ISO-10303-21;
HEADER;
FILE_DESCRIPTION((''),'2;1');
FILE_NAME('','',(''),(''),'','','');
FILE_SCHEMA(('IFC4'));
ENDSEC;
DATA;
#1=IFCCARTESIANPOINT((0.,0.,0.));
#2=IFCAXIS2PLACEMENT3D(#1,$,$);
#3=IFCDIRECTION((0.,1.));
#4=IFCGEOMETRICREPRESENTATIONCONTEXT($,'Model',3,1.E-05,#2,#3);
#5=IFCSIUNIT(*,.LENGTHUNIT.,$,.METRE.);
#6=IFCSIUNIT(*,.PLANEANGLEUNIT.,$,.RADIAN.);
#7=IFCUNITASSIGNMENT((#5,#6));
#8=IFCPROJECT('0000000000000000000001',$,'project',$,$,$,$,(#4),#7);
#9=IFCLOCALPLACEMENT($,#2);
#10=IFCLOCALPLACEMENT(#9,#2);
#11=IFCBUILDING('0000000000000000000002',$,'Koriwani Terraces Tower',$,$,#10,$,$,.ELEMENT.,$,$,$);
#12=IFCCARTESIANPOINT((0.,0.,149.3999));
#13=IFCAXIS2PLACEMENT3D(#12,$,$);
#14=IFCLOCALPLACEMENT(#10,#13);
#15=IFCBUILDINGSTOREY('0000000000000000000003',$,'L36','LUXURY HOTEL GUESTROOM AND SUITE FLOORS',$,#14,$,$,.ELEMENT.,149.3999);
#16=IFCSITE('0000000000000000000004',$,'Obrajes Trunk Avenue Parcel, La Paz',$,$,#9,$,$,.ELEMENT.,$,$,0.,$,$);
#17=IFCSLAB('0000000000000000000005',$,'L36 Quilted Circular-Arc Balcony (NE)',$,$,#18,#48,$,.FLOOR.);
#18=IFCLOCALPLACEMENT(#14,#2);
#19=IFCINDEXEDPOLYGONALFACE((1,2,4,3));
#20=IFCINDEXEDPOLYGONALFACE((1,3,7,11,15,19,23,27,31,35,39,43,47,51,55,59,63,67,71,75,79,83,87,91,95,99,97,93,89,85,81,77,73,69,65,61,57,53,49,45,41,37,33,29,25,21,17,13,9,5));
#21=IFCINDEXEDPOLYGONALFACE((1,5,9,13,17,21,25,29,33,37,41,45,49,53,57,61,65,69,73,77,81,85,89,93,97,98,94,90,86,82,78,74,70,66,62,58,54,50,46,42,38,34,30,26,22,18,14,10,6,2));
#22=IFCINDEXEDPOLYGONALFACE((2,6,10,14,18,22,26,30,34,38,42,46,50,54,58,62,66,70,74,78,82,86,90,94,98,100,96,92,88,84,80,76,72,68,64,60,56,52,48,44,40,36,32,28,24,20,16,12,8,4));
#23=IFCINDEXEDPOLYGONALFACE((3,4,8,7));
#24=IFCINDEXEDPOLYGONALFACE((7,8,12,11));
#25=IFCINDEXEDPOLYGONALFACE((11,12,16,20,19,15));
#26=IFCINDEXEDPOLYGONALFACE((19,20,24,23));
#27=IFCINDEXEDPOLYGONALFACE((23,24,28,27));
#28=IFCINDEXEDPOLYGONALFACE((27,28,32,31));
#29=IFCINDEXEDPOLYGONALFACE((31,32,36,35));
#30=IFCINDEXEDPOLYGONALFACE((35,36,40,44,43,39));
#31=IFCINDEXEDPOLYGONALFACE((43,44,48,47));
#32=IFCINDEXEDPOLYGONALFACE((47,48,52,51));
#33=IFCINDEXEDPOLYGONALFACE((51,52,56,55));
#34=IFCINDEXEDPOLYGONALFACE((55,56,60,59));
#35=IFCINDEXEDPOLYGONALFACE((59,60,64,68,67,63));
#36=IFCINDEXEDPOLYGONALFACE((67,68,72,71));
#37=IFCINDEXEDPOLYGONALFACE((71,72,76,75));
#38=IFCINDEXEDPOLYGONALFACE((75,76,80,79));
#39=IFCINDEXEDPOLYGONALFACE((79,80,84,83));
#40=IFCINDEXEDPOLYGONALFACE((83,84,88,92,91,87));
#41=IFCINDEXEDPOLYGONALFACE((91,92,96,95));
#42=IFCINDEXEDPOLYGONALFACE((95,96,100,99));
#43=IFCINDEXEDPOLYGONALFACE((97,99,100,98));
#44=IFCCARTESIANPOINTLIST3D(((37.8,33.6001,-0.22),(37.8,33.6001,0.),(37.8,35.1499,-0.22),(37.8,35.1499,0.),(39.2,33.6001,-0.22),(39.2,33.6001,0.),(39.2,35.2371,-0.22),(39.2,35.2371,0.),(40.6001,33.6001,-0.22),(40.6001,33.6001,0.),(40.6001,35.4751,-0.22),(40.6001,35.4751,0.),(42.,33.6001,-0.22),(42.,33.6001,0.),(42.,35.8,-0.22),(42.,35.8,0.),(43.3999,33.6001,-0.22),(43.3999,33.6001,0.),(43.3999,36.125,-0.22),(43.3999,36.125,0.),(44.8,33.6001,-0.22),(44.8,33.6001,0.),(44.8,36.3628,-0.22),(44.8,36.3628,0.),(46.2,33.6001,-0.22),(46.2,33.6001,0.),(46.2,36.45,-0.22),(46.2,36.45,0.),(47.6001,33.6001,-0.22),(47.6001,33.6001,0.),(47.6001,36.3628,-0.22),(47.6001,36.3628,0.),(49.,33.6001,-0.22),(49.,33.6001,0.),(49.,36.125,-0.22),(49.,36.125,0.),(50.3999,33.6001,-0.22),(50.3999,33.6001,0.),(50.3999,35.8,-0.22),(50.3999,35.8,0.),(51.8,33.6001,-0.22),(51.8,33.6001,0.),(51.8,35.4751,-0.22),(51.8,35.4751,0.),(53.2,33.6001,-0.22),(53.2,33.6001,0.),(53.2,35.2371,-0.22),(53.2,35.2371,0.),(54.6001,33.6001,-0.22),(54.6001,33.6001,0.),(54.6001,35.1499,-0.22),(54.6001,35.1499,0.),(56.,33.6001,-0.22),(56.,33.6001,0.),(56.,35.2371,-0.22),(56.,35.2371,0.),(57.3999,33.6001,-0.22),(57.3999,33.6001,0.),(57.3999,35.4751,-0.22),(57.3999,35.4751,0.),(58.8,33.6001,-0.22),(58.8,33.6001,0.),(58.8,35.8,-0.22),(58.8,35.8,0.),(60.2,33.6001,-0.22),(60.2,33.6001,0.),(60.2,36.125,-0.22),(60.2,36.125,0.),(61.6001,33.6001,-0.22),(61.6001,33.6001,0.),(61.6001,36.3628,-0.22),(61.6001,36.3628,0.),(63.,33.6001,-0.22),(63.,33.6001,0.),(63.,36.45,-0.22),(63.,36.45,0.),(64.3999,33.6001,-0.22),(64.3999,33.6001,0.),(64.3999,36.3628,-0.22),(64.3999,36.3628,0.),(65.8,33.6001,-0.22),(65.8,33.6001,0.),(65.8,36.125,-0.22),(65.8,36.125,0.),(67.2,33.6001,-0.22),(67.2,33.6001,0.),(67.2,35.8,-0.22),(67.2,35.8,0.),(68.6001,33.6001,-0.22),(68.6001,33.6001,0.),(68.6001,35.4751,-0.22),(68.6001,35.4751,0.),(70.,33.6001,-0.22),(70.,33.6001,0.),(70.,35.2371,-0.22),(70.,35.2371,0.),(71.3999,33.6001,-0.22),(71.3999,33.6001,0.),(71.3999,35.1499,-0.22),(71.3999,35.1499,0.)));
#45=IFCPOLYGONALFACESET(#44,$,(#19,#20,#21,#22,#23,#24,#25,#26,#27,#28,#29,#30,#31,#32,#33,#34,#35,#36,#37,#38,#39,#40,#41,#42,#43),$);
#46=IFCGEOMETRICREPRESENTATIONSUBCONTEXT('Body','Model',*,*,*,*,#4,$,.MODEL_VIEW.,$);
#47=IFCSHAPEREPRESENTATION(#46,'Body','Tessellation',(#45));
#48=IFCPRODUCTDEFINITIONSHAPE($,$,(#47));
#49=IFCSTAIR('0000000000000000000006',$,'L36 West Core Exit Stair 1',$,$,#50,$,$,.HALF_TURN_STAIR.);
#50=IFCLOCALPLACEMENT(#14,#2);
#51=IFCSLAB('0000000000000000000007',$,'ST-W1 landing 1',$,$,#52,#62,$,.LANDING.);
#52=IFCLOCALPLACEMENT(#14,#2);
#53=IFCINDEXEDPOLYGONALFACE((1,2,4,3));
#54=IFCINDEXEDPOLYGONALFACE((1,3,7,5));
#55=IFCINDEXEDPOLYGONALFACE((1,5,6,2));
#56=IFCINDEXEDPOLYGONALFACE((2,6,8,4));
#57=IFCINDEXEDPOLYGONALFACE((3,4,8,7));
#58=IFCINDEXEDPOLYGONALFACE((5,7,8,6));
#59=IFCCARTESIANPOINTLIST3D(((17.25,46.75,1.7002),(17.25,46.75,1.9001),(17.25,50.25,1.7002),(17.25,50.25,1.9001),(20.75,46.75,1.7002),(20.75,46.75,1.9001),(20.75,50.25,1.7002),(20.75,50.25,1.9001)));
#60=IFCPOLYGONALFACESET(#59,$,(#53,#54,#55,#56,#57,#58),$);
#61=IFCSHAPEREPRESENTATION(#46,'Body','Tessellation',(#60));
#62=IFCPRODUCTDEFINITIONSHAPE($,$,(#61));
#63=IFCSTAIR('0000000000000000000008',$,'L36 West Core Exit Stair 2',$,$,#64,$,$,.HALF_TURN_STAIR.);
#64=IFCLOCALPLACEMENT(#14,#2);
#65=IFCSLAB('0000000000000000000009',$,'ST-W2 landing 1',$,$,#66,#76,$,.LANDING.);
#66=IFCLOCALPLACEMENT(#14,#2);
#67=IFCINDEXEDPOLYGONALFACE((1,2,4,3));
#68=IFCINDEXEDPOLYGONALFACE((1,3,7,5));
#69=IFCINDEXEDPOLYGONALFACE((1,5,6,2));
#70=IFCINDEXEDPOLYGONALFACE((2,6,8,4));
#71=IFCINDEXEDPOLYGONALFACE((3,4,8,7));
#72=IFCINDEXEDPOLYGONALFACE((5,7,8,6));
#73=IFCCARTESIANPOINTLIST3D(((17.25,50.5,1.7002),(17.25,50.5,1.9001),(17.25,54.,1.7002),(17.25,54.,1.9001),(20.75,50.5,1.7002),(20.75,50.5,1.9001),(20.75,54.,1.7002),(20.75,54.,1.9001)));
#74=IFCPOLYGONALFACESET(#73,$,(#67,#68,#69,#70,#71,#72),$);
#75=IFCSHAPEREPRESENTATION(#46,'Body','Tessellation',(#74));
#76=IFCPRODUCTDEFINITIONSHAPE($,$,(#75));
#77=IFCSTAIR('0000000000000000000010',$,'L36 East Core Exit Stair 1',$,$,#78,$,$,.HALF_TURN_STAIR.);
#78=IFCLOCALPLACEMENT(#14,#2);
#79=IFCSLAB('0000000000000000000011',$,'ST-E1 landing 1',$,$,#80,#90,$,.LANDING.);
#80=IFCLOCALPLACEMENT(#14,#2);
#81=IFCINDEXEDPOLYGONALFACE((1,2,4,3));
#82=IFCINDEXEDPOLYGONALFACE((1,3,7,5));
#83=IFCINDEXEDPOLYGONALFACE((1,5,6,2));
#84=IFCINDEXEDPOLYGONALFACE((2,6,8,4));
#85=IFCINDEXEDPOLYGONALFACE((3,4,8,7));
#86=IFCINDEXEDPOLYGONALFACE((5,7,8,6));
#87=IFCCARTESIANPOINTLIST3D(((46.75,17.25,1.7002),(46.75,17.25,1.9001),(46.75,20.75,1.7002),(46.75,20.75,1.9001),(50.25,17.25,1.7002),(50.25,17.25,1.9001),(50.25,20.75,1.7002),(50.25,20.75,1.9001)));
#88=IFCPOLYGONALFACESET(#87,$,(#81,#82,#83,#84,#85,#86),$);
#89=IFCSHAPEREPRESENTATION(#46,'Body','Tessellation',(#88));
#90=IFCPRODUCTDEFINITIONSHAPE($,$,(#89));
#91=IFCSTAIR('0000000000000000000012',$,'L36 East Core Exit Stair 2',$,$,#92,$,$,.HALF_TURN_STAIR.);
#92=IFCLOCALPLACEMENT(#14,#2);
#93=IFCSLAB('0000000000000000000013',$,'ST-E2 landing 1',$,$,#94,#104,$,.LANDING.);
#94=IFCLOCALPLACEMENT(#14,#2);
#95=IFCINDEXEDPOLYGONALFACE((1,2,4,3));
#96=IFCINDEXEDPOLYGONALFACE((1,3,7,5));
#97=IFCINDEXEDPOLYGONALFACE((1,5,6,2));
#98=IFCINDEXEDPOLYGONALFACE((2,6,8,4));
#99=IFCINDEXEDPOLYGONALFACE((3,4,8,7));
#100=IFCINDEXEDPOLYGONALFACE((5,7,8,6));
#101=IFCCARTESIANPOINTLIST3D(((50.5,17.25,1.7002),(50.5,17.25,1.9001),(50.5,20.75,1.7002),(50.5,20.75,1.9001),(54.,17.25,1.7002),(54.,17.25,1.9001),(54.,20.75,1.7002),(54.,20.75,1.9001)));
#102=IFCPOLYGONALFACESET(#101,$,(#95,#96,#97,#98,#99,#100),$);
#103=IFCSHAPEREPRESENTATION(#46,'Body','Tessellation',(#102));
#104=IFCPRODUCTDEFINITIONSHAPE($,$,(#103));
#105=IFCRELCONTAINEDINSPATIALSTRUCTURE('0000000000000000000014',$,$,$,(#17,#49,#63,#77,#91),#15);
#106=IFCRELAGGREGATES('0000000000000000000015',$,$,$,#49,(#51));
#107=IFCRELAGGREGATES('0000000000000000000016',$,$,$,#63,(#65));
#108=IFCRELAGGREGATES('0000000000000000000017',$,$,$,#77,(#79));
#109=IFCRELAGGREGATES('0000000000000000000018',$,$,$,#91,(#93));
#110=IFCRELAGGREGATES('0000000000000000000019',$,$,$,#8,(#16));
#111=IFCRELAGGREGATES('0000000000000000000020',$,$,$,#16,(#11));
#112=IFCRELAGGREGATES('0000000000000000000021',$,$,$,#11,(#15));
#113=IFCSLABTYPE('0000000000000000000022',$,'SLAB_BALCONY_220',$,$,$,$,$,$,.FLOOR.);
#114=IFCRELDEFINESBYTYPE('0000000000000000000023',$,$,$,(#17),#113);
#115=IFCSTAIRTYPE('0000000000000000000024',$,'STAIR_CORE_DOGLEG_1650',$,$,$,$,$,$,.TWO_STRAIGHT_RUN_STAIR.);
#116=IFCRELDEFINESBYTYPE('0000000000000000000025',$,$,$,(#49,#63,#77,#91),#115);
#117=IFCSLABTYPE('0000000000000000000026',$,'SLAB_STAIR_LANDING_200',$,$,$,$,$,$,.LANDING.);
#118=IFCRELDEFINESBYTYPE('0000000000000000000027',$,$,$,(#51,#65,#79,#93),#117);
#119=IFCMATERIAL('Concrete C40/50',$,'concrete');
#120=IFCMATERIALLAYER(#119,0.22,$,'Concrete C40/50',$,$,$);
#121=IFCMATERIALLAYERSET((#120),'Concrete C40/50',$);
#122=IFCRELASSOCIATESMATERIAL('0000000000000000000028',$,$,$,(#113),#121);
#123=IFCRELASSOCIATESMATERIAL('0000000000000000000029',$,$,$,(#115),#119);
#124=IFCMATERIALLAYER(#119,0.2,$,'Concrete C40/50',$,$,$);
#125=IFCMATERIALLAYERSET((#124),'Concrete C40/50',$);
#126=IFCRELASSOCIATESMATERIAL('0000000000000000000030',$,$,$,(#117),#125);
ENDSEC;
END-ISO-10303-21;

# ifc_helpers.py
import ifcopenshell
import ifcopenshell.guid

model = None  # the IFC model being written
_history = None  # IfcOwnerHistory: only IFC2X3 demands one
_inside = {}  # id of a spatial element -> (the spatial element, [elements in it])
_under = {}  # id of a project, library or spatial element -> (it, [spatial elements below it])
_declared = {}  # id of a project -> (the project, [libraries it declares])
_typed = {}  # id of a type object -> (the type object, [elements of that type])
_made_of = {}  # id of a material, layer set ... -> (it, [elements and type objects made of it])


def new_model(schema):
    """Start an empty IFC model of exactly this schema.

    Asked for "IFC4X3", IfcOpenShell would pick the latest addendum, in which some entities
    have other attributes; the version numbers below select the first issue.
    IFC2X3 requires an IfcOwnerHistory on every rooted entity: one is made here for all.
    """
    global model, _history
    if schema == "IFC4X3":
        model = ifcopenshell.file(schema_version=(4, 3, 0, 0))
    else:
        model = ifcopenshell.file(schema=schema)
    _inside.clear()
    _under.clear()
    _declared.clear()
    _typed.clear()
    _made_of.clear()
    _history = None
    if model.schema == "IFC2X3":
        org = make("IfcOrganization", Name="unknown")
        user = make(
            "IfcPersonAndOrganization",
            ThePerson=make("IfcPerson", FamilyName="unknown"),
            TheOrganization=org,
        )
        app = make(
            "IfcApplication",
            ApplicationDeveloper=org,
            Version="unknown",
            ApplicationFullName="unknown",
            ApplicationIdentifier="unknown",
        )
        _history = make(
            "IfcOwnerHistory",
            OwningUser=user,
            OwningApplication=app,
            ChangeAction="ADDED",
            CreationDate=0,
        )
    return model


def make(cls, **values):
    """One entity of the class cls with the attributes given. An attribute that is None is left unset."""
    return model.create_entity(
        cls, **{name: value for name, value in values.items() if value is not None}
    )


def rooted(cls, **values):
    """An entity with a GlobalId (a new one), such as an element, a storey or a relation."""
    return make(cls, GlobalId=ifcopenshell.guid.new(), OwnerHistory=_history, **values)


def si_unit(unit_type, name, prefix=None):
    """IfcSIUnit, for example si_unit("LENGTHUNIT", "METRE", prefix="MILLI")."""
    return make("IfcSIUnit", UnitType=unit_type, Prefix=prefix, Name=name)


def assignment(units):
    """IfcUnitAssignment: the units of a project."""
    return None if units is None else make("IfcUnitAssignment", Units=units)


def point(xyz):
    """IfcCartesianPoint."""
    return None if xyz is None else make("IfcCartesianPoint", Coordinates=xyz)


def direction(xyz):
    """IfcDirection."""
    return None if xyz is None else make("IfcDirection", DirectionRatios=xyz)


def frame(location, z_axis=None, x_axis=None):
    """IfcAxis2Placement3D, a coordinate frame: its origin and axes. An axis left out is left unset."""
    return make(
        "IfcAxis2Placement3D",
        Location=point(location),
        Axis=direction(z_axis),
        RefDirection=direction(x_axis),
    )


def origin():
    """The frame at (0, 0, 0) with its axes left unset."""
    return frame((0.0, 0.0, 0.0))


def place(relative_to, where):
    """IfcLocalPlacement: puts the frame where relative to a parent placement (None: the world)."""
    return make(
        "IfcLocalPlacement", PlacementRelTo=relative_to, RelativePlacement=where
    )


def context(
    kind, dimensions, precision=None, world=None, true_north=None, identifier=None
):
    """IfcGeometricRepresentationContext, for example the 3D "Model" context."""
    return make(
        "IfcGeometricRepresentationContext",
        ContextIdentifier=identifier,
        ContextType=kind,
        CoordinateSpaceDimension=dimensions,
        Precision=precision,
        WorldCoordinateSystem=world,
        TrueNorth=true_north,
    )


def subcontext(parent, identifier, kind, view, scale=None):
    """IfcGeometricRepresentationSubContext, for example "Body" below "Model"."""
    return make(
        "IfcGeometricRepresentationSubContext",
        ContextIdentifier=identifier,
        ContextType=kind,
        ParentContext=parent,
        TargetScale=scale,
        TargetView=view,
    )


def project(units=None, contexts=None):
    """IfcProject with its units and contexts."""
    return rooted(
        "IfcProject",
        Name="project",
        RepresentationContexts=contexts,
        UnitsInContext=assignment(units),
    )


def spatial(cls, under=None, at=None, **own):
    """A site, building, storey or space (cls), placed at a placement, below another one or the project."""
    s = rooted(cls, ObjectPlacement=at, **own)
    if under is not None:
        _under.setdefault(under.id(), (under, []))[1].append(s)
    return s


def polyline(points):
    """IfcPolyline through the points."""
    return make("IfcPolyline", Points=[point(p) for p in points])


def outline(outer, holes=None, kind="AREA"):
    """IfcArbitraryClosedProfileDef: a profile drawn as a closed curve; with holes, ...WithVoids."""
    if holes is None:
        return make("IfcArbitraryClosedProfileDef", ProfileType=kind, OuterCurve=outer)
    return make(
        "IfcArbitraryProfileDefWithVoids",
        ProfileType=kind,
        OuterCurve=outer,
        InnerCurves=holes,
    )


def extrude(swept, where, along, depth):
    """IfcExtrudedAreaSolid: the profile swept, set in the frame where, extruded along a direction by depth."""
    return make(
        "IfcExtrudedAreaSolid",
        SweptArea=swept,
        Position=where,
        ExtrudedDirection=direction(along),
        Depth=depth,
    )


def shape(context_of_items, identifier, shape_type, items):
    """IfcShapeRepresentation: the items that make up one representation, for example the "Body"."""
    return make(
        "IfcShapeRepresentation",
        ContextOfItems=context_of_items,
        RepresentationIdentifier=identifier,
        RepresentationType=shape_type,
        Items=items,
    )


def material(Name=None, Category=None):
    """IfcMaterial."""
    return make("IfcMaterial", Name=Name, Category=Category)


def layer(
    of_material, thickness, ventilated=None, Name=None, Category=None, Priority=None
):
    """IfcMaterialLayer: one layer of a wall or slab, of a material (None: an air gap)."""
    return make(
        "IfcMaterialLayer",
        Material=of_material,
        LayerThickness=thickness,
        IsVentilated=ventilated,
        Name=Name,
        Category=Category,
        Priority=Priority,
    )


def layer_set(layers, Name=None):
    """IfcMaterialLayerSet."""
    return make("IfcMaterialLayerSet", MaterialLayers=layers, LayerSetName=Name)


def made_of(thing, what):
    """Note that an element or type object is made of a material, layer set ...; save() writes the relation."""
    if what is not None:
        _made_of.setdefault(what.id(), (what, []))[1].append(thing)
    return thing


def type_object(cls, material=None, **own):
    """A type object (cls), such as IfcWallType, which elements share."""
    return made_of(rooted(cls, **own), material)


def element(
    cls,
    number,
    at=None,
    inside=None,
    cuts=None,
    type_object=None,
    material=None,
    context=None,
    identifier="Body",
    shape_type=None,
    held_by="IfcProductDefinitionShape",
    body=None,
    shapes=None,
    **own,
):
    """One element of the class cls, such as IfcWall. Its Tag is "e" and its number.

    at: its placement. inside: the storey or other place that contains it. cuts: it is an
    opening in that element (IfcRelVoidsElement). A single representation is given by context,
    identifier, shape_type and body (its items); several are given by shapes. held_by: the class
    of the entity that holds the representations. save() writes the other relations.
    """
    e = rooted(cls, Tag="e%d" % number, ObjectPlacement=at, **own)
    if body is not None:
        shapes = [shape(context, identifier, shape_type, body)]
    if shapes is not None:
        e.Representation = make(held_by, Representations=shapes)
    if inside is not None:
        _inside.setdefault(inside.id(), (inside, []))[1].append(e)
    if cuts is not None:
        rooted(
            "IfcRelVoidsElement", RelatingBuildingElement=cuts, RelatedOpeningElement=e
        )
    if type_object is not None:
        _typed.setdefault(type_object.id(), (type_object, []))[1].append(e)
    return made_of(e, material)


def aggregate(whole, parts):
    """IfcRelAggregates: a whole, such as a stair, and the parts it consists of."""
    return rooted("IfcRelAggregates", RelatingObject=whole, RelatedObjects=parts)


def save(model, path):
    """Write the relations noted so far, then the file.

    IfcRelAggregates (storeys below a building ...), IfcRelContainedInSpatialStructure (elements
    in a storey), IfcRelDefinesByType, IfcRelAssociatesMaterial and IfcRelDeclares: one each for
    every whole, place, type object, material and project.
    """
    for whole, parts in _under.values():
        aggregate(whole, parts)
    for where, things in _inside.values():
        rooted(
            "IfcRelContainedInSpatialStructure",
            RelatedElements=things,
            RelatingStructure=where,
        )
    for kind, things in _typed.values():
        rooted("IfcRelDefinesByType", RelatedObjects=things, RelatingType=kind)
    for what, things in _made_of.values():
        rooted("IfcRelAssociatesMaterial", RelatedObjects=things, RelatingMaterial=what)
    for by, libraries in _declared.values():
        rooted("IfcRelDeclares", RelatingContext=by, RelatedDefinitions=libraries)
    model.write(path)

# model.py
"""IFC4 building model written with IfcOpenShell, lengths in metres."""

from ifc_helpers import new_model, si_unit, direction, frame, origin, place, context, subcontext, project, spatial, polyline, outline, extrude, material, layer, layer_set, type_object, element, aggregate, save


model = new_model("IFC4")

# Units and contexts
model_context = context("Model", 3, precision=1e-05, world=origin(), true_north=direction((0.0, 1.0)))
body_context = subcontext(model_context, "Body", "Model", "MODEL_VIEW")
ifc_project = project(units=[si_unit("LENGTHUNIT", "METRE"), si_unit("PLANEANGLEUNIT", "RADIAN")], contexts=[model_context])

# Site, building, storey
site_placement = place(None, origin())
site = spatial("IfcSite", under=ifc_project, at=site_placement, Name="Obrajes Trunk Avenue Parcel, La Paz", CompositionType="ELEMENT", RefElevation=0.0)
building_placement = place(site_placement, origin())
building = spatial("IfcBuilding", under=site, at=building_placement, Name="Koriwani Terraces Tower", CompositionType="ELEMENT")
storey_placement = place(building_placement, frame((0.0, 0.0, 149.3999)))
storey = spatial("IfcBuildingStorey", under=building, at=storey_placement, Name="L36", Description="LUXURY HOTEL GUESTROOM AND SUITE FLOORS", CompositionType="ELEMENT", Elevation=149.3999)

# Slab
ifc_material_1 = material(Name="Concrete C40/50", Category="concrete")
ifc_layer_1 = layer(ifc_material_1, 0.22, Name="Concrete C40/50")
ifc_layer_set_1 = layer_set([ifc_layer_1], Name="Concrete C40/50")
slab_type_1 = type_object("IfcSlabType", Name="SLAB_BALCONY_220", PredefinedType="FLOOR", material=ifc_layer_set_1)
slab_1_placement = place(storey_placement, frame((0.0, 0.0, -0.22)))
element("IfcSlab", 1, at=slab_1_placement, inside=storey, type_object=slab_type_1, Name="L36 Quilted Circular-Arc Balcony (NE)", PredefinedType="FLOOR", context=body_context, shape_type="SweptSolid", body=[
    extrude(outline(polyline([(71.3999, 33.6001), (70.0, 33.6001), (68.6001, 33.6001), (67.2, 33.6001), (65.8, 33.6001), (64.3999, 33.6001), (63.0, 33.6001), (61.6001, 33.6001), (60.2, 33.6001), (58.8, 33.6001), (57.3999, 33.6001), (56.0, 33.6001), (54.6001, 33.6001), (53.2, 33.6001), (51.8, 33.6001), (50.3999, 33.6001), (49.0, 33.6001), (47.6001, 33.6001), (46.2, 33.6001), (44.8, 33.6001), (43.3999, 33.6001), (42.0, 33.6001), (40.6001, 33.6001), (39.2, 33.6001), (37.8, 33.6001), (37.8, 35.1499), (39.2, 35.2371), (40.6001, 35.4751), (42.0, 35.8), (43.3999, 36.125), (44.8, 36.3628), (46.2, 36.45), (47.6001, 36.3628), (49.0, 36.125), (50.3999, 35.8), (51.8, 35.4751), (53.2, 35.2371), (54.6001, 35.1499), (56.0, 35.2371), (57.3999, 35.4751), (58.8, 35.8), (60.2, 36.125), (61.6001, 36.3628), (63.0, 36.45), (64.3999, 36.3628), (65.8, 36.125), (67.2, 35.8), (68.6001, 35.4751), (70.0, 35.2371), (71.3999, 35.1499), (71.3999, 33.6001)])), origin(), (0.0, 0.0, 1.0), 0.22),
])

# Stairs, slabs
stair_type = type_object("IfcStairType", Name="STAIR_CORE_DOGLEG_1650", PredefinedType="TWO_STRAIGHT_RUN_STAIR", material=ifc_material_1)
stair_1_placement = place(storey_placement, origin())
stair_1 = element("IfcStair", 2, at=stair_1_placement, inside=storey, type_object=stair_type, Name="L36 West Core Exit Stair 1", PredefinedType="HALF_TURN_STAIR")
ifc_layer_2 = layer(ifc_material_1, 0.2, Name="Concrete C40/50")
ifc_layer_set_2 = layer_set([ifc_layer_2], Name="Concrete C40/50")
slab_type_2 = type_object("IfcSlabType", Name="SLAB_STAIR_LANDING_200", PredefinedType="LANDING", material=ifc_layer_set_2)
slab_2_placement = place(storey_placement, frame((0.0, 0.0, 1.7002)))
slab_2 = element("IfcSlab", 3, at=slab_2_placement, type_object=slab_type_2, Name="ST-W1 landing 1", PredefinedType="LANDING", context=body_context, shape_type="SweptSolid", body=[
    extrude(outline(polyline([(20.75, 46.75), (20.75, 50.25), (17.25, 50.25), (17.25, 46.75), (20.75, 46.75)])), origin(), (0.0, 0.0, 1.0), 0.2),
])
aggregate(stair_1, [slab_2])
stair_2_placement = place(storey_placement, origin())
stair_2 = element("IfcStair", 4, at=stair_2_placement, inside=storey, type_object=stair_type, Name="L36 West Core Exit Stair 2", PredefinedType="HALF_TURN_STAIR")
slab_3_placement = place(storey_placement, frame((0.0, 0.0, 1.7002)))
slab_3 = element("IfcSlab", 5, at=slab_3_placement, type_object=slab_type_2, Name="ST-W2 landing 1", PredefinedType="LANDING", context=body_context, shape_type="SweptSolid", body=[
    extrude(outline(polyline([(17.25, 54.0), (17.25, 50.5), (20.75, 50.5), (20.75, 54.0), (17.25, 54.0)])), origin(), (0.0, 0.0, 1.0), 0.2),
])
aggregate(stair_2, [slab_3])
stair_3_placement = place(storey_placement, origin())
stair_3 = element("IfcStair", 6, at=stair_3_placement, inside=storey, type_object=stair_type, Name="L36 East Core Exit Stair 1", PredefinedType="HALF_TURN_STAIR")
slab_4_placement = place(storey_placement, frame((0.0, 0.0, 1.7002)))
slab_4 = element("IfcSlab", 7, at=slab_4_placement, type_object=slab_type_2, Name="ST-E1 landing 1", PredefinedType="LANDING", context=body_context, shape_type="SweptSolid", body=[
    extrude(outline(polyline([(46.75, 17.25), (50.25, 17.25), (50.25, 20.75), (46.75, 20.75), (46.75, 17.25)])), origin(), (0.0, 0.0, 1.0), 0.2),
])
aggregate(stair_3, [slab_4])
stair_4_placement = place(storey_placement, origin())
stair_4 = element("IfcStair", 8, at=stair_4_placement, inside=storey, type_object=stair_type, Name="L36 East Core Exit Stair 2", PredefinedType="HALF_TURN_STAIR")
slab_5_placement = place(storey_placement, frame((0.0, 0.0, 1.7002)))
slab_5 = element("IfcSlab", 9, at=slab_5_placement, type_object=slab_type_2, Name="ST-E2 landing 1", PredefinedType="LANDING", context=body_context, shape_type="SweptSolid", body=[
    extrude(outline(polyline([(54.0, 20.75), (50.5, 20.75), (50.5, 17.25), (54.0, 17.25), (54.0, 20.75)])), origin(), (0.0, 0.0, 1.0), 0.2),
])
aggregate(stair_4, [slab_5])

save(model, "model.ifc")
